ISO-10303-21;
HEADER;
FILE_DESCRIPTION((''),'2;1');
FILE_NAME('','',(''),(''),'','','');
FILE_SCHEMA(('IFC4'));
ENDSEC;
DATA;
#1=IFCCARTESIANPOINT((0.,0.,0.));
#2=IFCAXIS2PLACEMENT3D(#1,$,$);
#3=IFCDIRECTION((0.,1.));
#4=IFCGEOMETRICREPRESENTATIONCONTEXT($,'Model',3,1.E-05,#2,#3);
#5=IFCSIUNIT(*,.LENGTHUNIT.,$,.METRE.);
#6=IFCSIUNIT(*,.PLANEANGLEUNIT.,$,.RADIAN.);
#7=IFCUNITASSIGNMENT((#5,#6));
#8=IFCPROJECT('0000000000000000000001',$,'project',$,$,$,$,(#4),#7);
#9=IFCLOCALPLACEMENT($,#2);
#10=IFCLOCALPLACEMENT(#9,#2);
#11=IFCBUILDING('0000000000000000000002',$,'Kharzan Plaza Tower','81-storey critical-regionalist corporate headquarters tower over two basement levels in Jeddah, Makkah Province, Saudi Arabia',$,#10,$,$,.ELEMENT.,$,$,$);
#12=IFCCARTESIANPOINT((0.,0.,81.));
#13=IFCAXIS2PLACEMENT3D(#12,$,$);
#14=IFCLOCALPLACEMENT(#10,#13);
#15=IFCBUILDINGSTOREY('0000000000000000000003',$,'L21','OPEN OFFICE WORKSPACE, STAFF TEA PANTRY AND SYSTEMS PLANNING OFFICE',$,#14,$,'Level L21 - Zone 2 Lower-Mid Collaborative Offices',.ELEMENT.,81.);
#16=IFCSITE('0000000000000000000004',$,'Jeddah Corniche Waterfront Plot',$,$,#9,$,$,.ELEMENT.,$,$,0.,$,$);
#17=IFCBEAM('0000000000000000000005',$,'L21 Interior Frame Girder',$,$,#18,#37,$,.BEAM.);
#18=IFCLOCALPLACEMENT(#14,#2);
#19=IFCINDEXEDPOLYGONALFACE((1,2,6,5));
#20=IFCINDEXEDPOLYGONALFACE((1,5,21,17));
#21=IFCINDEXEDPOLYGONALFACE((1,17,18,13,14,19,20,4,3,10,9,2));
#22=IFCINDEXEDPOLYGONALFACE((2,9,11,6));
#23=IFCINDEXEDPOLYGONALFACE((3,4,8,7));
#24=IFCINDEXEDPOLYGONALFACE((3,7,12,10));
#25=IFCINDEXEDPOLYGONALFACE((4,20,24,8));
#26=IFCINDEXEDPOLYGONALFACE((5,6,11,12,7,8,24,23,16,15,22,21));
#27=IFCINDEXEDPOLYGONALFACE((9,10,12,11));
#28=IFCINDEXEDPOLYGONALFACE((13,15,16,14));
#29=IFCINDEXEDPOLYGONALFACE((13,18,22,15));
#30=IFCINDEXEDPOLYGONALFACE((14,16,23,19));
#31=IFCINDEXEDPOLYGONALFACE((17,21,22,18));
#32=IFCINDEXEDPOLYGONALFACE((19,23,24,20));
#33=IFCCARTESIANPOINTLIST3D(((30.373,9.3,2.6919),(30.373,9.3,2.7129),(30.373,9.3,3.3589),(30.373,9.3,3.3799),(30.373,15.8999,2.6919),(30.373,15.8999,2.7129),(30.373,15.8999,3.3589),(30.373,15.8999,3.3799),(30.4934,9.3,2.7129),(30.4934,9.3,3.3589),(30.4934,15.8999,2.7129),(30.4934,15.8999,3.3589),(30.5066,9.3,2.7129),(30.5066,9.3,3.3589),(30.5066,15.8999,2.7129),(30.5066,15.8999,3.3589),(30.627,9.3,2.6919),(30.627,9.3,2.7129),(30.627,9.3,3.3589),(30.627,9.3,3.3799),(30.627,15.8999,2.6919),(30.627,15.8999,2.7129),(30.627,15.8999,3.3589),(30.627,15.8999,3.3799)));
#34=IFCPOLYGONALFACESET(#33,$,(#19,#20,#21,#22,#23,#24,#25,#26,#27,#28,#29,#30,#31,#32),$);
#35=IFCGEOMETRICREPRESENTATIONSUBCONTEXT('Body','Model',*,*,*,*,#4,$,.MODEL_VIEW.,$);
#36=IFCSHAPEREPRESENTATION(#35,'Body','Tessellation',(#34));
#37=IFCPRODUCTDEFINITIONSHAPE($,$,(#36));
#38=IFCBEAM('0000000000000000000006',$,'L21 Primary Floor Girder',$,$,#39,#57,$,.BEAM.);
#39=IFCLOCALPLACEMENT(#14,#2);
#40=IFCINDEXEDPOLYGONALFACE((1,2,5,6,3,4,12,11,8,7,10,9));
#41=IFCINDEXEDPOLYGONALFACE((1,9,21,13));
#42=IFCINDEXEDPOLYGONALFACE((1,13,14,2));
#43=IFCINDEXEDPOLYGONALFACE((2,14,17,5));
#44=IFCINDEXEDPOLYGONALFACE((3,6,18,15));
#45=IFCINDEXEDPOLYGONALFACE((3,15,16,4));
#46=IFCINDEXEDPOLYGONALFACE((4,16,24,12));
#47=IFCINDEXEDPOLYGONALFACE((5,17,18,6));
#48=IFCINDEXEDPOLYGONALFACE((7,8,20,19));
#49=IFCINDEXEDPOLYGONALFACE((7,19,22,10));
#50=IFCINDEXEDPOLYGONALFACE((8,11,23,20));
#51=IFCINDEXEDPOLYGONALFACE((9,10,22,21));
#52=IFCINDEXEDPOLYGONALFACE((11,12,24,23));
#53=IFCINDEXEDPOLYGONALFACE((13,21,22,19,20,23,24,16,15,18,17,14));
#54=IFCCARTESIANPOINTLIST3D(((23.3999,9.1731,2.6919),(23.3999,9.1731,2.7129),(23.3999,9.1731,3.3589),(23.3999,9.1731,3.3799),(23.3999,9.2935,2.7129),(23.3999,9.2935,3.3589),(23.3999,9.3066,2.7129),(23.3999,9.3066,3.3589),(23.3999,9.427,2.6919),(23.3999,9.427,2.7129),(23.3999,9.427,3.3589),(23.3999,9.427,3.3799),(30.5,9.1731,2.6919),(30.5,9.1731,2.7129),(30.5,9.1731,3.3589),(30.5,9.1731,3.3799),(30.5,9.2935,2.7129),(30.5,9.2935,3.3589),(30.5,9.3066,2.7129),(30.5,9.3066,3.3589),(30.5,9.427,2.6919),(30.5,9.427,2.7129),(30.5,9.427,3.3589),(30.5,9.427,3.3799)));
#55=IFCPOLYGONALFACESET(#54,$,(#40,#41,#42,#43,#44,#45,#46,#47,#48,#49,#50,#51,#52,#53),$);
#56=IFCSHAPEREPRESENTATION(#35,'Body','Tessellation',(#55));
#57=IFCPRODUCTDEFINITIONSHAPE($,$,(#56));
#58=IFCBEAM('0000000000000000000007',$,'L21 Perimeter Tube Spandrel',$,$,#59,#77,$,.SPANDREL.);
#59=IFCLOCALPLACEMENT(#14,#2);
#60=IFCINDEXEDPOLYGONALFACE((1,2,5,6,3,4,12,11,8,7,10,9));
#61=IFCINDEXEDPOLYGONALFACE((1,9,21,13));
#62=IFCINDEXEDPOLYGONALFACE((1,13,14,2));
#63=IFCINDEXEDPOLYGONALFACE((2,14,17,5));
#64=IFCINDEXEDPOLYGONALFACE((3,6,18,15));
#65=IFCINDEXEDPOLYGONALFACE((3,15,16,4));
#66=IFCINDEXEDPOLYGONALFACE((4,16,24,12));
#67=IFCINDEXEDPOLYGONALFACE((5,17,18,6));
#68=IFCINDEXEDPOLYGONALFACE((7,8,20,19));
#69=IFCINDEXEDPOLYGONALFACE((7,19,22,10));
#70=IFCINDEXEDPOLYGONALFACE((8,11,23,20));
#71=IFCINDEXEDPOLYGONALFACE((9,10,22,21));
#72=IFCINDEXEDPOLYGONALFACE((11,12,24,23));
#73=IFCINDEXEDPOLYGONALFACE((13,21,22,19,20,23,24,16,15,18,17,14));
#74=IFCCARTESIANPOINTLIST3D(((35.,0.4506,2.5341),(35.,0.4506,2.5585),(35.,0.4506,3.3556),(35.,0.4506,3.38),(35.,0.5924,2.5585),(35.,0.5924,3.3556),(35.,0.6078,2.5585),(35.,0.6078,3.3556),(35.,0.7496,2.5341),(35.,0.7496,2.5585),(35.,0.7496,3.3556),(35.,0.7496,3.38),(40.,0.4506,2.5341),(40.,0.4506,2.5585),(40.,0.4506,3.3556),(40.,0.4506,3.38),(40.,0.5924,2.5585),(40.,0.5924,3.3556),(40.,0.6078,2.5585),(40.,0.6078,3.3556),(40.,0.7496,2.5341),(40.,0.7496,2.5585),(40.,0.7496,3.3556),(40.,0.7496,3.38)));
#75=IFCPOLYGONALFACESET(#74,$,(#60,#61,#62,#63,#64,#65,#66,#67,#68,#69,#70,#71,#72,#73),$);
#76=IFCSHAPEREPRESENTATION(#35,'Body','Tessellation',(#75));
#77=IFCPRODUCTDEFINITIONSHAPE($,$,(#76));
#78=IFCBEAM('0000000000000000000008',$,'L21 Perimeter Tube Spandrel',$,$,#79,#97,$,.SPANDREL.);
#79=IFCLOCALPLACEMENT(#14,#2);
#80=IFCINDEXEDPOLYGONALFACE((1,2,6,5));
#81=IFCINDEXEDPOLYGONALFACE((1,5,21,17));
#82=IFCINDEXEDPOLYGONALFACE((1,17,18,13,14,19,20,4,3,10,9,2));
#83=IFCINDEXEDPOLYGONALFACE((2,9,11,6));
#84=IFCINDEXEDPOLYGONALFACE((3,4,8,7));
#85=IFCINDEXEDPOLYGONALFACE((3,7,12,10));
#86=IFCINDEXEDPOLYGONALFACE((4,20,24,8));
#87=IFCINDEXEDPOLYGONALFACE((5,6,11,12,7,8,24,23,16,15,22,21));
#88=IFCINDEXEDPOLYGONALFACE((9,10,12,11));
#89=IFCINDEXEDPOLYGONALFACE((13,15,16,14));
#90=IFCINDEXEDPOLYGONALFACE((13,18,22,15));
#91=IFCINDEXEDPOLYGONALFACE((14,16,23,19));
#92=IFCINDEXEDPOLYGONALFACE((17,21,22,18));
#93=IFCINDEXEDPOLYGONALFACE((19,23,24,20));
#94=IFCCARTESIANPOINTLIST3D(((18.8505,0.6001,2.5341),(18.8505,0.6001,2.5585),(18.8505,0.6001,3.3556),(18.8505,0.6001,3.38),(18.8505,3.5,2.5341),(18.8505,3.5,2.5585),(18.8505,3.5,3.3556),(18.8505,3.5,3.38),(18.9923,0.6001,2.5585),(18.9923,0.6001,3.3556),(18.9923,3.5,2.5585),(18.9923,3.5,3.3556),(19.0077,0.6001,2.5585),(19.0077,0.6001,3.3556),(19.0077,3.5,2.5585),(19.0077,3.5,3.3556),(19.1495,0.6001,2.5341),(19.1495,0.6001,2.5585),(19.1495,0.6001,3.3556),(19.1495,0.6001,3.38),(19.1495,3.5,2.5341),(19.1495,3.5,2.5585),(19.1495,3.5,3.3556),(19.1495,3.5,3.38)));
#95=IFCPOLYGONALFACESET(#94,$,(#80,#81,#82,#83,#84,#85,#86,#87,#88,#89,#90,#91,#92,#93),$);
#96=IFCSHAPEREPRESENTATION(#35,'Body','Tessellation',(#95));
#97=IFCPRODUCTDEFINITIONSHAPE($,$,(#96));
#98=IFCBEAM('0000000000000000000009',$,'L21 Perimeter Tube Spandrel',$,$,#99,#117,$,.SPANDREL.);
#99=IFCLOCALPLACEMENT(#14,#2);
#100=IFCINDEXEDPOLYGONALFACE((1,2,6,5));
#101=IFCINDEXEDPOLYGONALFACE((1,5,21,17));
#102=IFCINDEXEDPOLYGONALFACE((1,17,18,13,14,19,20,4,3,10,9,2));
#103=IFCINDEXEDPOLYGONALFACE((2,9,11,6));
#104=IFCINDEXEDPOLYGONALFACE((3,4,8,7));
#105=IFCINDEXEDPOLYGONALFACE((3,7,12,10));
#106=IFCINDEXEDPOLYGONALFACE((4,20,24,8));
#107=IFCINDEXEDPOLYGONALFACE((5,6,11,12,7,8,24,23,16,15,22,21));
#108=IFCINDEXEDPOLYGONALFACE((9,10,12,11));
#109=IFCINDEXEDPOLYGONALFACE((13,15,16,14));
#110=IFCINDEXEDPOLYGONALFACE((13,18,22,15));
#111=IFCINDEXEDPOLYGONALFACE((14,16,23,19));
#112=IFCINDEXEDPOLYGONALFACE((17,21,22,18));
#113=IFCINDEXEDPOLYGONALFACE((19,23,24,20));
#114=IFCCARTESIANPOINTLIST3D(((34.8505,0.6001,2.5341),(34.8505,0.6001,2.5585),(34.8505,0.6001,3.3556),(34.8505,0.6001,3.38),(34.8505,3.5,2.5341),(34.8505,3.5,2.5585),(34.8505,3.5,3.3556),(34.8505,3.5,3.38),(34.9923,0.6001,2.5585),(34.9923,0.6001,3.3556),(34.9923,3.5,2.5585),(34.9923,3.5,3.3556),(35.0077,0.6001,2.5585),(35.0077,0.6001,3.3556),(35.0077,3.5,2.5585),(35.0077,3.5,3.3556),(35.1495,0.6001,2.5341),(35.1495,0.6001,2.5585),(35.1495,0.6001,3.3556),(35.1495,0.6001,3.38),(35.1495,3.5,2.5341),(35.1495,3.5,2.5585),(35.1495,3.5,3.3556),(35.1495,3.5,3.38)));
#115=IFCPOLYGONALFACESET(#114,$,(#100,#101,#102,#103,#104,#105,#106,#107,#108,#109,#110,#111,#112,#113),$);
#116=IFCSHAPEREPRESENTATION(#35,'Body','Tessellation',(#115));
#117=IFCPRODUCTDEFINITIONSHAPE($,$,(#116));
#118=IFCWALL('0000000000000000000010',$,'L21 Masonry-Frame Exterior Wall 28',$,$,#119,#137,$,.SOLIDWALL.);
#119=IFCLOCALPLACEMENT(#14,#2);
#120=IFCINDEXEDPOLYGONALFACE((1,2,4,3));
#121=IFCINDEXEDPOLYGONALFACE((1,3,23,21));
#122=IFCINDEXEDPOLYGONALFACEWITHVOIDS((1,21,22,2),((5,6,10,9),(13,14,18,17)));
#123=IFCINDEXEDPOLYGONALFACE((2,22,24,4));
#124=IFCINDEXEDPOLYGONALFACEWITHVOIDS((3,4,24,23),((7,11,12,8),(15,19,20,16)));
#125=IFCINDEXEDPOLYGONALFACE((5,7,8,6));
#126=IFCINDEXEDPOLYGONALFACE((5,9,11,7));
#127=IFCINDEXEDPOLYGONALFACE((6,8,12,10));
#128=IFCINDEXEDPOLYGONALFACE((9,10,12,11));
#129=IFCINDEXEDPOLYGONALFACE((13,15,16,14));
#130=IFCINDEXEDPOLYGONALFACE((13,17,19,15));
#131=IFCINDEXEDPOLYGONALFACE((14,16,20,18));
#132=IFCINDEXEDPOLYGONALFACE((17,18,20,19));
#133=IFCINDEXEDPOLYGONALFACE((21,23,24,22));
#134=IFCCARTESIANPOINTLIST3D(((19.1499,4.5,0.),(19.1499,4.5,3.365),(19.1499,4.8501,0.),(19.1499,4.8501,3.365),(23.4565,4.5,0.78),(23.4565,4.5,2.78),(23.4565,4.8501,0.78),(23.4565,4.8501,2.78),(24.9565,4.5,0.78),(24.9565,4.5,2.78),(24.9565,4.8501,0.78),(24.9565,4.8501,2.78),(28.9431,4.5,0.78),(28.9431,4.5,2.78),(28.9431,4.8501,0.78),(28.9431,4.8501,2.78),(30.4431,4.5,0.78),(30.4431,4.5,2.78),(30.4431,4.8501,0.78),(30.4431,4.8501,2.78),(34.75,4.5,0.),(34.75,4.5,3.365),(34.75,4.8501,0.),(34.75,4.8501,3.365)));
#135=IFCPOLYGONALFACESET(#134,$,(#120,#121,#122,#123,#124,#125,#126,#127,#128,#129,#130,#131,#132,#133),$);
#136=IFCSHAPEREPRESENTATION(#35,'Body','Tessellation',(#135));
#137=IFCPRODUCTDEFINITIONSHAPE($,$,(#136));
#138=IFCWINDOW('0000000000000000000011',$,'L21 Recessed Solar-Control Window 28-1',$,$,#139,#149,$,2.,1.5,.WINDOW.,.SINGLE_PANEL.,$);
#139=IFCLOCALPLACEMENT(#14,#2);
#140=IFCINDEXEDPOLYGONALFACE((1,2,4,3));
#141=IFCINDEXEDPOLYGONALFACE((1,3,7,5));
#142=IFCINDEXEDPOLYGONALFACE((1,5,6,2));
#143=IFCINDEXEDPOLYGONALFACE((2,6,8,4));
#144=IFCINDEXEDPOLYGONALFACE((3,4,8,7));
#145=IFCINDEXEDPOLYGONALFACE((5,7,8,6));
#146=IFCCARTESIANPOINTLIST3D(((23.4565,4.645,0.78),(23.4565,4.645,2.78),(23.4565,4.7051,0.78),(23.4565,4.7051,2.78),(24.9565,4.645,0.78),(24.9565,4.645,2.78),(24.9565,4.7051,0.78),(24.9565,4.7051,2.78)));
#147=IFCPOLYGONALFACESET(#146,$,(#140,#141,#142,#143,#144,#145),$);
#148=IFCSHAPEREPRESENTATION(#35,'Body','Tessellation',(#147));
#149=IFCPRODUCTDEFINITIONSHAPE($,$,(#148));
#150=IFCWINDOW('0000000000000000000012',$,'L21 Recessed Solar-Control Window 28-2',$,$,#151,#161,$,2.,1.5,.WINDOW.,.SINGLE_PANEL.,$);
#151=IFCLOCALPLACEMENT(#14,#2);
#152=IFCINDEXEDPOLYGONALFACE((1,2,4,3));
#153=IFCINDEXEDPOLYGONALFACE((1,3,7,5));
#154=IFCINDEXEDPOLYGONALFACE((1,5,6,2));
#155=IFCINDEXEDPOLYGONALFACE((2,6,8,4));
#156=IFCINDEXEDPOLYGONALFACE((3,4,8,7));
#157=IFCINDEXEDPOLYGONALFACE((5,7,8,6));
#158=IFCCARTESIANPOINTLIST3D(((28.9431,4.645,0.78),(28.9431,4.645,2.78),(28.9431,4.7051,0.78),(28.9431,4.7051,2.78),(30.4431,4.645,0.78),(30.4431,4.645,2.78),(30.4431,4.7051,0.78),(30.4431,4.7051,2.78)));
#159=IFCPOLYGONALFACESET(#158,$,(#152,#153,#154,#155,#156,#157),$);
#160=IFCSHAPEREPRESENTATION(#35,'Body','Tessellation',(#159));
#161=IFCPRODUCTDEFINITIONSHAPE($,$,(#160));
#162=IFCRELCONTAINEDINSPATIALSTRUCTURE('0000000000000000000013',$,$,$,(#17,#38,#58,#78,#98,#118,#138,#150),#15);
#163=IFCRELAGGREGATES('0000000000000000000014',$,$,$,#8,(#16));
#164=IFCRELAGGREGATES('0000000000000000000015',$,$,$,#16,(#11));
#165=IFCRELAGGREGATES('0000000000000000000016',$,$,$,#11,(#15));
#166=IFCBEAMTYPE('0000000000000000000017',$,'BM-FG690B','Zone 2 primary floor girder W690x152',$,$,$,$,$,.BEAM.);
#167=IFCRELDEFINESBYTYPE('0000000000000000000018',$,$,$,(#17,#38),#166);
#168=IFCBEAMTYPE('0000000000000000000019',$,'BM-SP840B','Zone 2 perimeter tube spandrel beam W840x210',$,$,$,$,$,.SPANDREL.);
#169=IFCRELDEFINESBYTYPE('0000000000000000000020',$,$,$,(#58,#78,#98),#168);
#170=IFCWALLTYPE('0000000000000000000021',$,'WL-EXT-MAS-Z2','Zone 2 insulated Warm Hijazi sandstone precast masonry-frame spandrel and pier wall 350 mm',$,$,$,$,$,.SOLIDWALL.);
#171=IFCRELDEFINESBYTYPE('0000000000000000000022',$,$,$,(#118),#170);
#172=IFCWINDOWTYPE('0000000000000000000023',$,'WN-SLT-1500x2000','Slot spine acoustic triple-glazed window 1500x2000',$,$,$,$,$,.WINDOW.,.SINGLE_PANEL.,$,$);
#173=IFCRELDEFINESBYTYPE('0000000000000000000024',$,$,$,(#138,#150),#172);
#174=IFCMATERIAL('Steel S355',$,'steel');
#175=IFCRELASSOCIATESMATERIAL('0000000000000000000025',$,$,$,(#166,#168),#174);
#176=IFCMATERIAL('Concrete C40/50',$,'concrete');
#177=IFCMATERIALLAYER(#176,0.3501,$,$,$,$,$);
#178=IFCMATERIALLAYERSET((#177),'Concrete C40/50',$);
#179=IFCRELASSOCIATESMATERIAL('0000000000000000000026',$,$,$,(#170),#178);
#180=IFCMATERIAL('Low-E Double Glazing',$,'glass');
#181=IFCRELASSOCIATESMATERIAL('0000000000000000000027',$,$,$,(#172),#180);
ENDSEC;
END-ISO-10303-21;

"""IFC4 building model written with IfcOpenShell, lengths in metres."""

from ifc_helpers import new_model, si_unit, direction, frame, frame_2d, origin, origin_2d, place, context, subcontext, project, spatial, rectangle, i_section, extrude, source, transform, mapped, material, layer, layer_set, material_profile, profile_set, type_object, element, fill, save


model = new_model("IFC4")

# Units and contexts
model_context = context("Model", 3, precision=1e-05, world=origin(), true_north=direction((0.0, 1.0)))
body_context = subcontext(model_context, "Body", "Model", "MODEL_VIEW")
ifc_project = project(units=[si_unit("LENGTHUNIT", "METRE"), si_unit("PLANEANGLEUNIT", "RADIAN")], contexts=[model_context])

# Site, building, storey
site_placement = place(None, origin())
site = spatial("IfcSite", under=ifc_project, at=site_placement, Name="Jeddah Corniche Waterfront Plot", CompositionType="ELEMENT", RefElevation=0.0)
building_placement = place(site_placement, origin())
building = spatial("IfcBuilding", under=site, at=building_placement, Name="Kharzan Plaza Tower", Description="81-storey critical-regionalist corporate headquarters tower over two basement levels in Jeddah, Makkah Province, Saudi Arabia", CompositionType="ELEMENT")
storey_placement = place(building_placement, frame((0.0, 0.0, 81.0)))
storey = spatial("IfcBuildingStorey", under=building, at=storey_placement, Name="L21", Description="OPEN OFFICE WORKSPACE, STAFF TEA PANTRY AND SYSTEMS PLANNING OFFICE", LongName="Level L21 - Zone 2 Lower-Mid Collaborative Offices", CompositionType="ELEMENT", Elevation=81.0)

# Beams
ifc_material_1 = material(Name="Steel S355", Category="steel")
ifc_material_profile_1 = material_profile(ifc_material_1, i_section(OverallWidth=0.2539, OverallDepth=0.688, WebThickness=0.0132, FlangeThickness=0.021, at=origin_2d()), Name="W690x152")
ifc_profile_set_1 = profile_set([ifc_material_profile_1], Name="Steel S355")
beam_type_1 = type_object("IfcBeamType", Name="BM-FG690B", Description="Zone 2 primary floor girder W690x152", PredefinedType="BEAM", material=ifc_profile_set_1)
shared_shape_1 = source(origin(), body_context, "Body", "SweptSolid", [
    extrude(i_section(OverallWidth=0.2539, OverallDepth=0.688, WebThickness=0.0132, FlangeThickness=0.021, at=origin_2d()), origin(), (0.0, 0.0, 1.0), 6.5999),
])
for number, where, z_axis, x_axis, name in (
    (1, (30.5, 9.3, 3.0359), (0.0, 1.0, 0.0), (-1.0, 0.0, 0.0), "L21 Interior Frame Girder"),
):
    element("IfcBeam", number, at=place(storey_placement, frame(where, z_axis=z_axis, x_axis=x_axis)), inside=storey, type_object=beam_type_1, Name=name, PredefinedType="BEAM", context=body_context, shape_type="MappedRepresentation", body=[
        mapped(shared_shape_1, transform((0.0, 0.0, 0.0), x_axis=(1.0, 0.0, 0.0), y_axis=(0.0, 1.0, 0.0), z_axis=(0.0, 0.0, 1.0))),
    ])
shared_shape_2 = source(origin(), body_context, "Body", "SweptSolid", [
    extrude(i_section(OverallWidth=0.2539, OverallDepth=0.688, WebThickness=0.0132, FlangeThickness=0.021, at=origin_2d()), origin(), (0.0, 0.0, 1.0), 7.1001),
])
beam_1_placement = place(storey_placement, frame((23.3999, 9.3, 3.0359), z_axis=(1.0, 0.0, 0.0), x_axis=(0.0, 1.0, 0.0)))
element("IfcBeam", 2, at=beam_1_placement, inside=storey, type_object=beam_type_1, Name="L21 Primary Floor Girder", PredefinedType="BEAM", context=body_context, shape_type="MappedRepresentation", body=[
    mapped(shared_shape_2, transform((0.0, 0.0, 0.0), x_axis=(1.0, 0.0, 0.0), y_axis=(0.0, 1.0, 0.0), z_axis=(0.0, 0.0, 1.0))),
])
ifc_material_profile_2 = material_profile(ifc_material_1, i_section(OverallWidth=0.2991, OverallDepth=0.8459, WebThickness=0.0154, FlangeThickness=0.0244, at=origin_2d()), Name="W840x210")
ifc_profile_set_2 = profile_set([ifc_material_profile_2], Name="Steel S355")
beam_type_2 = type_object("IfcBeamType", Name="BM-SP840B", Description="Zone 2 perimeter tube spandrel beam W840x210", PredefinedType="SPANDREL", material=ifc_profile_set_2)
shared_shape_3 = source(origin(), body_context, "Body", "SweptSolid", [
    extrude(i_section(OverallWidth=0.2991, OverallDepth=0.8459, WebThickness=0.0154, FlangeThickness=0.0244, at=origin_2d()), origin(), (0.0, 0.0, 1.0), 5.0),
])
beam_2_placement = place(storey_placement, frame((35.0, 0.6001, 2.957), z_axis=(1.0, 0.0, 0.0), x_axis=(0.0, 1.0, 0.0)))
element("IfcBeam", 3, at=beam_2_placement, inside=storey, type_object=beam_type_2, Name="L21 Perimeter Tube Spandrel", PredefinedType="SPANDREL", context=body_context, shape_type="MappedRepresentation", body=[
    mapped(shared_shape_3, transform((0.0, 0.0, 0.0), x_axis=(1.0, 0.0, 0.0), y_axis=(0.0, 1.0, 0.0), z_axis=(0.0, 0.0, 1.0))),
])
shared_shape_4 = source(origin(), body_context, "Body", "SweptSolid", [
    extrude(i_section(OverallWidth=0.2991, OverallDepth=0.8459, WebThickness=0.0154, FlangeThickness=0.0244, at=origin_2d()), origin(), (0.0, 0.0, 1.0), 2.8999),
])
for number, where, z_axis, x_axis, name in (
    (4, (19.0, 0.6001, 2.957), (0.0, 1.0, 0.0), (-1.0, 0.0, 0.0), "L21 Perimeter Tube Spandrel"),
    (5, (35.0, 0.6001, 2.957), (0.0, 1.0, 0.0), (-1.0, 0.0, 0.0), "L21 Perimeter Tube Spandrel"),
):
    element("IfcBeam", number, at=place(storey_placement, frame(where, z_axis=z_axis, x_axis=x_axis)), inside=storey, type_object=beam_type_2, Name=name, PredefinedType="SPANDREL", context=body_context, shape_type="MappedRepresentation", body=[
        mapped(shared_shape_4, transform((0.0, 0.0, 0.0), x_axis=(1.0, 0.0, 0.0), y_axis=(0.0, 1.0, 0.0), z_axis=(0.0, 0.0, 1.0))),
    ])

# Wall, openings, windows
ifc_material_2 = material(Name="Concrete C40/50", Category="concrete")
ifc_layer_1 = layer(ifc_material_2, 0.3501)
ifc_layer_set_1 = layer_set([ifc_layer_1], Name="Concrete C40/50")
wall_type_1 = type_object("IfcWallType", Name="WL-EXT-MAS-Z2", Description="Zone 2 insulated Warm Hijazi sandstone precast masonry-frame spandrel and pier wall 350 mm", PredefinedType="SOLIDWALL", material=ifc_layer_set_1)
wall_1_placement = place(storey_placement, frame((19.1499, 4.675, 0.0), z_axis=(0.0, 0.0, 1.0), x_axis=(1.0, 0.0, 0.0)))
wall_1 = element("IfcWall", 6, at=wall_1_placement, inside=storey, type_object=wall_type_1, Name="L21 Masonry-Frame Exterior Wall 28", PredefinedType="SOLIDWALL", context=body_context, shape_type="SweptSolid", body=[
    extrude(rectangle(XDim=15.6001, YDim=0.3501, at=frame_2d((7.8, 0.0))), origin(), (0.0, 0.0, 1.0), 3.365),
])
opening_1_placement = place(wall_1_placement, frame((4.3066, 0.0, 0.78)))
opening_1 = element("IfcOpeningElement", 7, at=opening_1_placement, cuts=wall_1, PredefinedType="OPENING", context=body_context, shape_type="SweptSolid", body=[
    extrude(rectangle(XDim=1.5, YDim=2.0, at=frame_2d((0.75, 1.0))), frame((0.0, 0.1851, 0.0), z_axis=(0.0, -1.0, 0.0), x_axis=(1.0, 0.0, 0.0)), (0.0, 0.0, 1.0), 0.3701),
])
opening_2_placement = place(wall_1_placement, frame((9.7932, 0.0, 0.78)))
opening_2 = element("IfcOpeningElement", 8, at=opening_2_placement, cuts=wall_1, PredefinedType="OPENING", context=body_context, shape_type="SweptSolid", body=[
    extrude(rectangle(XDim=1.5, YDim=2.0, at=frame_2d((0.75, 1.0))), frame((0.0, 0.1851, 0.0), z_axis=(0.0, -1.0, 0.0), x_axis=(1.0, 0.0, 0.0)), (0.0, 0.0, 1.0), 0.3701),
])
ifc_material_3 = material(Name="Low-E Double Glazing", Category="glass")
window_type = type_object("IfcWindowType", Name="WN-SLT-1500x2000", Description="Slot spine acoustic triple-glazed window 1500x2000", PartitioningType="SINGLE_PANEL", PredefinedType="WINDOW", material=ifc_material_3)
shared_shape_5 = source(origin(), body_context, "Body", "SweptSolid", [
    extrude(rectangle(XDim=1.5, YDim=2.0, at=frame_2d((0.75, 1.0))), frame((0.0, 0.03, 0.0), z_axis=(0.0, -1.0, 0.0), x_axis=(1.0, 0.0, 0.0)), (0.0, 0.0, 1.0), 0.0601),
])
window_1_placement = place(opening_1_placement, origin())
window_1 = element("IfcWindow", 9, at=window_1_placement, inside=storey, type_object=window_type, Name="L21 Recessed Solar-Control Window 28-1", OverallHeight=2.0, OverallWidth=1.5, PartitioningType="SINGLE_PANEL", PredefinedType="WINDOW", context=body_context, shape_type="MappedRepresentation", body=[
    mapped(shared_shape_5, transform((0.0, 0.0, 0.0), x_axis=(1.0, 0.0, 0.0), y_axis=(0.0, 1.0, 0.0), z_axis=(0.0, 0.0, 1.0))),
])
fill(opening_1, window_1)
window_2_placement = place(opening_2_placement, origin())
window_2 = element("IfcWindow", 10, at=window_2_placement, inside=storey, type_object=window_type, Name="L21 Recessed Solar-Control Window 28-2", OverallHeight=2.0, OverallWidth=1.5, PartitioningType="SINGLE_PANEL", PredefinedType="WINDOW", context=body_context, shape_type="MappedRepresentation", body=[
    mapped(shared_shape_5, transform((0.0, 0.0, 0.0), x_axis=(1.0, 0.0, 0.0), y_axis=(0.0, 1.0, 0.0), z_axis=(0.0, 0.0, 1.0))),
])
fill(opening_2, window_2)

save(model, "model.ifc")
